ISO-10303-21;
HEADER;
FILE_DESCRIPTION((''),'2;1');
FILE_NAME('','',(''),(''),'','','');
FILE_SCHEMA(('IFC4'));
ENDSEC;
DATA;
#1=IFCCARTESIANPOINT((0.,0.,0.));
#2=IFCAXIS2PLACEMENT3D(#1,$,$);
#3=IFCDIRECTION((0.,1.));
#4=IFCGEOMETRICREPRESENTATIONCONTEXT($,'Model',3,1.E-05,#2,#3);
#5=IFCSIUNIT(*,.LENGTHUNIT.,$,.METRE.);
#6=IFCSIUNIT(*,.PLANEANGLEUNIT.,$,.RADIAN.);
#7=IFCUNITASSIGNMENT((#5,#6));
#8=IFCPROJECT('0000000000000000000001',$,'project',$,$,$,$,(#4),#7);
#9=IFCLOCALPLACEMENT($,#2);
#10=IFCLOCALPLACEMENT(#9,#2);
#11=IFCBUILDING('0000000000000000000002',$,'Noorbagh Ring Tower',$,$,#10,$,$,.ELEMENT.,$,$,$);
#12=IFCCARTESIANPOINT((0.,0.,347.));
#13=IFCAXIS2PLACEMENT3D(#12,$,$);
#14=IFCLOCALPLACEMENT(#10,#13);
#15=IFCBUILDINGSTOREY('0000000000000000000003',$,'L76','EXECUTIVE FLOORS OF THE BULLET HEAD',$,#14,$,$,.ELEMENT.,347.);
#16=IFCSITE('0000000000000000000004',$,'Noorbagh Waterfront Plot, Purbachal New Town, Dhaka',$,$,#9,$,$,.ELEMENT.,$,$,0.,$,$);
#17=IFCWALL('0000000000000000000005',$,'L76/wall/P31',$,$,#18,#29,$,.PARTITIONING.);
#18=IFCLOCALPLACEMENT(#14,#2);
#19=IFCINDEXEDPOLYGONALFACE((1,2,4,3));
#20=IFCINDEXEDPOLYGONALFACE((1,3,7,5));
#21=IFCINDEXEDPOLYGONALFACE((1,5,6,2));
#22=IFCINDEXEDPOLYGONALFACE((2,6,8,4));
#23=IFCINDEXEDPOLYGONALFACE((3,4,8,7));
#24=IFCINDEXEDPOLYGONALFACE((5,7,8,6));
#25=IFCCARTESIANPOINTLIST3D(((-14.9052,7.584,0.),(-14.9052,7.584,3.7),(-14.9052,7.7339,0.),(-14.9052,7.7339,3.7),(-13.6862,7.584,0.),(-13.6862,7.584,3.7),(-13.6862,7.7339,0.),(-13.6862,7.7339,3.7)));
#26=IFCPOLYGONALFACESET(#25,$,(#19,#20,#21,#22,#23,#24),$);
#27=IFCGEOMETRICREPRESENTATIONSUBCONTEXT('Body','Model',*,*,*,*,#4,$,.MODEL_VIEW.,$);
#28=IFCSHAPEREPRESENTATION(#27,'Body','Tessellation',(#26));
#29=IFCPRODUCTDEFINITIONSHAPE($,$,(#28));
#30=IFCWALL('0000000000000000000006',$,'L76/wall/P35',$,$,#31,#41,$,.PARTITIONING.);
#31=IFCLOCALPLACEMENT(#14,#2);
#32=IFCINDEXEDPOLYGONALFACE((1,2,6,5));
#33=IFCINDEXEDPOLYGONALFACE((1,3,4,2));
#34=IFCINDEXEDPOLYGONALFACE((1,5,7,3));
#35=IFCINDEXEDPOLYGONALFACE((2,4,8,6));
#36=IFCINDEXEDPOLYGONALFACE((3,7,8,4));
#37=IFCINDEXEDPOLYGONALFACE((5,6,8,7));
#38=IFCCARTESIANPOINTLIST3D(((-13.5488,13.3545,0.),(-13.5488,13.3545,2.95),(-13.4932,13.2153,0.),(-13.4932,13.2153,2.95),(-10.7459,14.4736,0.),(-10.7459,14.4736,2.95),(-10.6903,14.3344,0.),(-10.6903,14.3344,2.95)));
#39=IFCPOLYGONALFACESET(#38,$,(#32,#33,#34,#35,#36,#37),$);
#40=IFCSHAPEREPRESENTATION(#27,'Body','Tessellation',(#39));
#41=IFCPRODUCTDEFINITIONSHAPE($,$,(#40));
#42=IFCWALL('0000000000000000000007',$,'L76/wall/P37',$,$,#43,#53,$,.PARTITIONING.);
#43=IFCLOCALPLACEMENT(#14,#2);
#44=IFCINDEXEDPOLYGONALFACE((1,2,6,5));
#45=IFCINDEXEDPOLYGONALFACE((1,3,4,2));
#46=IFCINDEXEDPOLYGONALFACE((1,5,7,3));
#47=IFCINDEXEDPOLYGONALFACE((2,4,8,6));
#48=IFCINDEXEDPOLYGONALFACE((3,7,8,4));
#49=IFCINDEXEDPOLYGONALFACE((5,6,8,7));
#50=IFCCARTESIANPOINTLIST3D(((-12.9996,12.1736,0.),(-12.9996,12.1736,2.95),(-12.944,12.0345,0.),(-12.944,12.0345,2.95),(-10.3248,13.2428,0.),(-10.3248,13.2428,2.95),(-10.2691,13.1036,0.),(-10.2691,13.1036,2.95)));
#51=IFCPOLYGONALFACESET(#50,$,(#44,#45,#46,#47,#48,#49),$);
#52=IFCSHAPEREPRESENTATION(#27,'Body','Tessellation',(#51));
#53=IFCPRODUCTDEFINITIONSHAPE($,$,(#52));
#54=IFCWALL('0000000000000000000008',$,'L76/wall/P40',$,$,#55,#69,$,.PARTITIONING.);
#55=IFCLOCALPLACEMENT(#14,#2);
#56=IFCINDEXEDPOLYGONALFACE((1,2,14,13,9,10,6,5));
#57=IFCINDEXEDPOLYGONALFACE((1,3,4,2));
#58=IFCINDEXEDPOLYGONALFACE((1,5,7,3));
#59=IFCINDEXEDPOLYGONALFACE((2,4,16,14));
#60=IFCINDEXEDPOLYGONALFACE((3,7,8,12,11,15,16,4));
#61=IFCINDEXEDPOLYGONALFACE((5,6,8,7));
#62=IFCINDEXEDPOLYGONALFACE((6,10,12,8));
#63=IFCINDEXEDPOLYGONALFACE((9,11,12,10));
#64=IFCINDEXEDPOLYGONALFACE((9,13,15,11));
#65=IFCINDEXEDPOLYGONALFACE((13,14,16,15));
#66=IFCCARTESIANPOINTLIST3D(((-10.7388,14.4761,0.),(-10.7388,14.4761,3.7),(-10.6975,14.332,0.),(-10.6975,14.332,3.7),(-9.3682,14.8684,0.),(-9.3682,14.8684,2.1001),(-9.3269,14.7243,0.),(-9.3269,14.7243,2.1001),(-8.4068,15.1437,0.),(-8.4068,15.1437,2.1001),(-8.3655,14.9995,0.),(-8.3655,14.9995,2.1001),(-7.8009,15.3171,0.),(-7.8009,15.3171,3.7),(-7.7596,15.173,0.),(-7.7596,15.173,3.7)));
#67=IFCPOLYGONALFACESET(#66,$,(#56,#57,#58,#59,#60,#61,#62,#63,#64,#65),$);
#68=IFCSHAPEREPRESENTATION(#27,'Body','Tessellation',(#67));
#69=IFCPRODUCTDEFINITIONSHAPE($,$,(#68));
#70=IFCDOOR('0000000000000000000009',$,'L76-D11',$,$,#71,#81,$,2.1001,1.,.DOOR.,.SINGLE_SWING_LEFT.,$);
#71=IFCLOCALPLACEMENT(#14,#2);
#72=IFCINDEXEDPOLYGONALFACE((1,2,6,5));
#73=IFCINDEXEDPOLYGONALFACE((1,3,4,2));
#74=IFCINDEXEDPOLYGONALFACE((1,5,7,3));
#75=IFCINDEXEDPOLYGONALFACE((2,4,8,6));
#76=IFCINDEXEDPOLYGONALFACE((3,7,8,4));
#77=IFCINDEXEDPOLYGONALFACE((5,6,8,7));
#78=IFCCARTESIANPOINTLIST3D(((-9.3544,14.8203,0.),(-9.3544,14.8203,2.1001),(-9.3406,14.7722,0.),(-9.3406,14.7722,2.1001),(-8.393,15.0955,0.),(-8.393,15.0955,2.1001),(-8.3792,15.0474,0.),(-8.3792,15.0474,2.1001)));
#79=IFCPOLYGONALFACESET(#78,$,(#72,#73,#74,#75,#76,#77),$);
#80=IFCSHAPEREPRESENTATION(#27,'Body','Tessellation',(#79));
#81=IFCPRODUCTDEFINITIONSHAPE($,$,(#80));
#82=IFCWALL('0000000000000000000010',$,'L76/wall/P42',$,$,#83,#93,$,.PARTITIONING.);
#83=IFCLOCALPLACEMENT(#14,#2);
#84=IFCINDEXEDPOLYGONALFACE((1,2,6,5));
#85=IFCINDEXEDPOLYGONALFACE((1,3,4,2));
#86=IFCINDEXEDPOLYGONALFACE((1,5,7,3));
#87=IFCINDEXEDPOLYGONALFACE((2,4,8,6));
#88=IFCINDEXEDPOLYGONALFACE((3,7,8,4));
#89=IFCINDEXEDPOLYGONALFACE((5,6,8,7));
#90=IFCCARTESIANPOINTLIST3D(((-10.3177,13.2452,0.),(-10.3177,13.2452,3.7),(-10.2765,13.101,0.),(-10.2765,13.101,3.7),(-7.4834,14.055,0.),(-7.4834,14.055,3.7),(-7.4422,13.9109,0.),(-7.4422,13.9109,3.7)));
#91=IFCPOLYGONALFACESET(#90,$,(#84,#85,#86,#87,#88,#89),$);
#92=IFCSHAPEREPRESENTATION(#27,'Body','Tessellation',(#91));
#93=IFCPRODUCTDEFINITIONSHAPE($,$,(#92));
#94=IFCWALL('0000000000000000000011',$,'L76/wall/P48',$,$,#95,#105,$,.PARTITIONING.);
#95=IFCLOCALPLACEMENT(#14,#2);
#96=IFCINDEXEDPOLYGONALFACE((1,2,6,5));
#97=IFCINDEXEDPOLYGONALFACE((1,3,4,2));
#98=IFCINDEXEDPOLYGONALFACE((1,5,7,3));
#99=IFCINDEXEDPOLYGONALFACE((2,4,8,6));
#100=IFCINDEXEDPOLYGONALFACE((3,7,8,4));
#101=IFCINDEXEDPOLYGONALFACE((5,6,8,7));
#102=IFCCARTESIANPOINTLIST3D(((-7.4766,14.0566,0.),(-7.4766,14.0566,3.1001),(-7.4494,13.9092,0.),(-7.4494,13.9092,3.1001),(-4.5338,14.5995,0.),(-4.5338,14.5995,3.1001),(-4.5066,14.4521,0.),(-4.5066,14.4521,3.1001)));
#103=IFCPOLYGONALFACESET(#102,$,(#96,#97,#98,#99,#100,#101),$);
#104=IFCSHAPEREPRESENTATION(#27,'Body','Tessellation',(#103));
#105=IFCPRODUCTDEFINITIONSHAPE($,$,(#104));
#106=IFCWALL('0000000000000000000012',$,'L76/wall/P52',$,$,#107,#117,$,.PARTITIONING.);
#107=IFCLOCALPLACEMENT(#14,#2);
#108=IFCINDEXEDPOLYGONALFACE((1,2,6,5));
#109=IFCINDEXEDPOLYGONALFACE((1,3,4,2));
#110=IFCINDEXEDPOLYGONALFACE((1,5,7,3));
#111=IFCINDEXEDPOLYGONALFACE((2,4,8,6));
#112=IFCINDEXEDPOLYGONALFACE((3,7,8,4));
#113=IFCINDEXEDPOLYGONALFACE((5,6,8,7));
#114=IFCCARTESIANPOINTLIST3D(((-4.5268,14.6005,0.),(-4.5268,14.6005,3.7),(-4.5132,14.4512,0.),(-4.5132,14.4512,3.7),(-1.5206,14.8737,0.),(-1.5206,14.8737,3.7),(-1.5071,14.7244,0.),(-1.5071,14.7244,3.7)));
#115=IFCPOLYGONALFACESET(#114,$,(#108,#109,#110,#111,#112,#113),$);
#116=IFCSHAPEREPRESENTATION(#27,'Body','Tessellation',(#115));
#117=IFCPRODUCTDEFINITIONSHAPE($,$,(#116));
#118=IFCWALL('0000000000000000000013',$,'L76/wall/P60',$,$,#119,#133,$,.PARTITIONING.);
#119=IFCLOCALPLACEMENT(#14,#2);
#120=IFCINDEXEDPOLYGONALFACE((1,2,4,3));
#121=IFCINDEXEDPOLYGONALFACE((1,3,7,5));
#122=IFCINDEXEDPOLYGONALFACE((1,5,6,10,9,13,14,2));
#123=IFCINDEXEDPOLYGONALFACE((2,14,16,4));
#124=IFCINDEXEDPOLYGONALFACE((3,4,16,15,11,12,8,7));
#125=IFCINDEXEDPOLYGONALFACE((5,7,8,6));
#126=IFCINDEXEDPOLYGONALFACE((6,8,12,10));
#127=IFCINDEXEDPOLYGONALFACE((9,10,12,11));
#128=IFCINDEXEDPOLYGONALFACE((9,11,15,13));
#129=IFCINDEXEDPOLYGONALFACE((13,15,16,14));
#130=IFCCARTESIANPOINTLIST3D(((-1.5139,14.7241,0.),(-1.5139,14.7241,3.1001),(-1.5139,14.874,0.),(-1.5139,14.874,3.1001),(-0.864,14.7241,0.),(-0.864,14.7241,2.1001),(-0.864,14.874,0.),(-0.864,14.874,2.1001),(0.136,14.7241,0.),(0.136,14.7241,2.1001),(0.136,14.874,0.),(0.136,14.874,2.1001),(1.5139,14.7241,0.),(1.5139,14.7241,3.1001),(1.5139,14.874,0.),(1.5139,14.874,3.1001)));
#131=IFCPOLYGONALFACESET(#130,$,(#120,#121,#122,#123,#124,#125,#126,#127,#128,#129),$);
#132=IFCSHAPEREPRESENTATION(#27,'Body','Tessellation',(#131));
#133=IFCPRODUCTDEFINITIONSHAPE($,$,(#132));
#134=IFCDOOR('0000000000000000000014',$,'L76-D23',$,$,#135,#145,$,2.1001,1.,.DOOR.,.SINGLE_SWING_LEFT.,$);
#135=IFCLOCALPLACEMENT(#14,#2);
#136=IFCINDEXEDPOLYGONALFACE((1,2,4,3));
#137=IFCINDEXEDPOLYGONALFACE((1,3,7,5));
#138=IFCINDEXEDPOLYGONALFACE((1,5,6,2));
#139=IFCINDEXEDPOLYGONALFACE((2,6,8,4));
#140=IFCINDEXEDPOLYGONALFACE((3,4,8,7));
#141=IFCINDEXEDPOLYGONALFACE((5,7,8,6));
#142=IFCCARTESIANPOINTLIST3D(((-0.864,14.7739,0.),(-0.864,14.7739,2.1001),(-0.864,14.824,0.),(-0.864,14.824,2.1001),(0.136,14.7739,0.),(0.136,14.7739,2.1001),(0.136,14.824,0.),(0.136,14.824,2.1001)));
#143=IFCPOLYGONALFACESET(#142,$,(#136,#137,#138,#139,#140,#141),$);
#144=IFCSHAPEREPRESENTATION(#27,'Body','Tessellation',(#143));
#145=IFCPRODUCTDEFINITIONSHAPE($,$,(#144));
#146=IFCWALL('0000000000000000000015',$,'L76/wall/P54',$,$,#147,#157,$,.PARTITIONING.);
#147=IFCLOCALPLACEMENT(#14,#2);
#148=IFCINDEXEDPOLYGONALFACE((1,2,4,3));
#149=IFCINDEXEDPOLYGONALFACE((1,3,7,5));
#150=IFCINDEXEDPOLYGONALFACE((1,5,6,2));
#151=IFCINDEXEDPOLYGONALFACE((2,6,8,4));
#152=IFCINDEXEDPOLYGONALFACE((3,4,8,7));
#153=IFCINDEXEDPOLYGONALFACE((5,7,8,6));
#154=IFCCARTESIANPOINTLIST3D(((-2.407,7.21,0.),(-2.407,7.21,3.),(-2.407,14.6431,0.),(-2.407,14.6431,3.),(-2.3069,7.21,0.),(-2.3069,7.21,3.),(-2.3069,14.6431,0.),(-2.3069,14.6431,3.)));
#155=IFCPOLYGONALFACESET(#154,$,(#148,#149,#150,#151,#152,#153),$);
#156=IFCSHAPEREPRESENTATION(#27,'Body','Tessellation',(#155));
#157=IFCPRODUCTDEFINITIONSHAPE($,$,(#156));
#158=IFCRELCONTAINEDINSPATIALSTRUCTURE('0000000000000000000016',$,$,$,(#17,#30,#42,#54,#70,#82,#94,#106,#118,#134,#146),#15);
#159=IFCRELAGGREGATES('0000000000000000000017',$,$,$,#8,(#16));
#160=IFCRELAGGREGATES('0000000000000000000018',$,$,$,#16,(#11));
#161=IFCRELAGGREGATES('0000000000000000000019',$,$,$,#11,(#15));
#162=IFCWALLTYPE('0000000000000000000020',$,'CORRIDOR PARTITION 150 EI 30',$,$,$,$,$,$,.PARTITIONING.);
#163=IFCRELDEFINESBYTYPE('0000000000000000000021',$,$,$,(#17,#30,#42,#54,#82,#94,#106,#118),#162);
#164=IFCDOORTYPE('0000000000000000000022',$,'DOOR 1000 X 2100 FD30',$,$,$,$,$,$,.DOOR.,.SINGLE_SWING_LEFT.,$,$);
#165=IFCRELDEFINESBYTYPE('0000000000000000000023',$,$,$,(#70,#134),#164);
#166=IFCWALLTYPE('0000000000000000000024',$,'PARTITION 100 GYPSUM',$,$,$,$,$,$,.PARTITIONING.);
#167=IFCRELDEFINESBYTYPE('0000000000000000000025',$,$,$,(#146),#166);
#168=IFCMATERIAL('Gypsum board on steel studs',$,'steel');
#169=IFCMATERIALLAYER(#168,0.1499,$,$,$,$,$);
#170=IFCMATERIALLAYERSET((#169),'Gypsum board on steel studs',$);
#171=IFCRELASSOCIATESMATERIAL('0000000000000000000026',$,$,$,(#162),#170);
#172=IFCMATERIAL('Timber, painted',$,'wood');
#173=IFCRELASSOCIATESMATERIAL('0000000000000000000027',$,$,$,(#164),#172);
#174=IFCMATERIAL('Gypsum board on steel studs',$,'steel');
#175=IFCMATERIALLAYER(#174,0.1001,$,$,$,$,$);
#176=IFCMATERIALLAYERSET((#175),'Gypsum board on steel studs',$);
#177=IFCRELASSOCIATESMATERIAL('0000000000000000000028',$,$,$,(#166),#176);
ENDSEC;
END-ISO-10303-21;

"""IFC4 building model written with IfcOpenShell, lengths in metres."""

from ifc_helpers import new_model, si_unit, direction, frame, frame_2d, origin, place, context, subcontext, project, spatial, rectangle, extrude, material, layer, layer_set, type_object, element, fill, save


model = new_model("IFC4")

# Units and contexts
model_context = context("Model", 3, precision=1e-05, world=origin(), true_north=direction((0.0, 1.0)))
body_context = subcontext(model_context, "Body", "Model", "MODEL_VIEW")
ifc_project = project(units=[si_unit("LENGTHUNIT", "METRE"), si_unit("PLANEANGLEUNIT", "RADIAN")], contexts=[model_context])

# Site, building, storey
site_placement = place(None, origin())
site = spatial("IfcSite", under=ifc_project, at=site_placement, Name="Noorbagh Waterfront Plot, Purbachal New Town, Dhaka", CompositionType="ELEMENT", RefElevation=0.0)
building_placement = place(site_placement, origin())
building = spatial("IfcBuilding", under=site, at=building_placement, Name="Noorbagh Ring Tower", CompositionType="ELEMENT")
storey_placement = place(building_placement, frame((0.0, 0.0, 347.0)))
storey = spatial("IfcBuildingStorey", under=building, at=storey_placement, Name="L76", Description="EXECUTIVE FLOORS OF THE BULLET HEAD", CompositionType="ELEMENT", Elevation=347.0)

# Shared definitions
ifc_material_1 = material(Name="Gypsum board on steel studs", Category="steel")
ifc_layer_1 = layer(ifc_material_1, 0.1499)
ifc_layer_set_1 = layer_set([ifc_layer_1], Name="Gypsum board on steel studs")
wall_type_1 = type_object("IfcWallType", Name="CORRIDOR PARTITION 150 EI 30", PredefinedType="PARTITIONING", material=ifc_layer_set_1)

# Shared definitions
ifc_material_2 = material(Name="Timber, painted", Category="wood")
door_type = type_object("IfcDoorType", Name="DOOR 1000 X 2100 FD30", OperationType="SINGLE_SWING_LEFT", PredefinedType="DOOR", material=ifc_material_2)

# Walls
wall_1_placement = place(storey_placement, frame((-14.905, 7.6589, 0.0), z_axis=(0.0, 0.0, 1.0), x_axis=(1.0, 0.0, 0.0)))
element("IfcWall", 1, at=wall_1_placement, inside=storey, type_object=wall_type_1, Name="L76/wall/P31", PredefinedType="PARTITIONING", context=body_context, shape_type="SweptSolid", body=[
    extrude(rectangle(XDim=1.219, YDim=0.1499, at=frame_2d((0.6094, 0.0))), origin(), (0.0, 0.0, 1.0), 3.7),
])
wall_2_placement = place(storey_placement, frame((-13.521, 13.2849, 0.0), z_axis=(0.0, 0.0, 1.0), x_axis=(0.928711, 0.370805, 0.0)))
element("IfcWall", 2, at=wall_2_placement, inside=storey, type_object=wall_type_1, Name="L76/wall/P35", PredefinedType="PARTITIONING", context=body_context, shape_type="SweptSolid", body=[
    extrude(rectangle(XDim=3.0181, YDim=0.1499, at=frame_2d((1.509, 0.0))), origin(), (0.0, 0.0, 1.0), 2.95),
])
wall_3_placement = place(storey_placement, frame((-12.9719, 12.104, 0.0), z_axis=(0.0, 0.0, 1.0), x_axis=(0.928576, 0.371142, 0.0)))
element("IfcWall", 3, at=wall_3_placement, inside=storey, type_object=wall_type_1, Name="L76/wall/P37", PredefinedType="PARTITIONING", context=body_context, shape_type="SweptSolid", body=[
    extrude(rectangle(XDim=2.8806, YDim=0.1499, at=frame_2d((1.4404, 0.0))), origin(), (0.0, 0.0, 1.0), 2.95),
])

# Wall, opening, door
wall_4_placement = place(storey_placement, frame((-10.718, 14.4041, 0.0), z_axis=(0.0, 0.0, 1.0), x_axis=(0.961382, 0.275217, 0.0)))
wall_4 = element("IfcWall", 4, at=wall_4_placement, inside=storey, type_object=wall_type_1, Name="L76/wall/P40", PredefinedType="PARTITIONING", context=body_context, shape_type="SweptSolid", body=[
    extrude(rectangle(XDim=3.0559, YDim=0.1499, at=frame_2d((1.5278, 0.0))), origin(), (0.0, 0.0, 1.0), 3.7),
])
opening_1_placement = place(wall_4_placement, frame((1.4255, 0.0, 0.0)))
opening_1 = element("IfcOpeningElement", 5, at=opening_1_placement, cuts=wall_4, PredefinedType="OPENING", context=body_context, shape_type="SweptSolid", body=[
    extrude(rectangle(XDim=1.0, YDim=2.1001, at=frame_2d((0.5, 1.05))), frame((0.0, 0.085, 0.0), z_axis=(0.0, -1.0, 0.0), x_axis=(1.0, 0.0, 0.0)), (0.0, 0.0, 1.0), 0.1699),
])
door_1_placement = place(opening_1_placement, origin())
door_1 = element("IfcDoor", 6, at=door_1_placement, inside=storey, type_object=door_type, Name="L76-D11", OperationType="SINGLE_SWING_LEFT", OverallHeight=2.1001, OverallWidth=1.0, PredefinedType="DOOR", context=body_context, shape_type="SweptSolid", body=[
    extrude(rectangle(XDim=1.0, YDim=2.1001, at=frame_2d((0.5, 1.05))), frame((0.0, 0.0249, 0.0), z_axis=(0.0, -1.0, 0.0), x_axis=(1.0, 0.0, 0.0)), (0.0, 0.0, 1.0), 0.05),
])
fill(opening_1, door_1)

# Walls
wall_5_placement = place(storey_placement, frame((-10.2971, 13.1731, 0.0), z_axis=(0.0, 0.0, 1.0), x_axis=(0.961521, 0.274732, 0.0)))
element("IfcWall", 7, at=wall_5_placement, inside=storey, type_object=wall_type_1, Name="L76/wall/P42", PredefinedType="PARTITIONING", context=body_context, shape_type="SweptSolid", body=[
    extrude(rectangle(XDim=2.9478, YDim=0.1499, at=frame_2d((1.4739, 0.0))), origin(), (0.0, 0.0, 1.0), 3.7),
])
wall_6_placement = place(storey_placement, frame((-7.4629, 13.9829, 0.0), z_axis=(0.0, 0.0, 1.0), x_axis=(0.983402, 0.181441, 0.0)))
element("IfcWall", 8, at=wall_6_placement, inside=storey, type_object=wall_type_1, Name="L76/wall/P48", PredefinedType="PARTITIONING", context=body_context, shape_type="SweptSolid", body=[
    extrude(rectangle(XDim=2.9924, YDim=0.1499, at=frame_2d((1.4961, 0.0))), origin(), (0.0, 0.0, 1.0), 3.1001),
])
wall_7_placement = place(storey_placement, frame((-4.52, 14.5259, 0.0), z_axis=(0.0, 0.0, 1.0), x_axis=(0.995896, 0.090507, 0.0)))
element("IfcWall", 9, at=wall_7_placement, inside=storey, type_object=wall_type_1, Name="L76/wall/P52", PredefinedType="PARTITIONING", context=body_context, shape_type="SweptSolid", body=[
    extrude(rectangle(XDim=3.0186, YDim=0.1499, at=frame_2d((1.5093, 0.0))), origin(), (0.0, 0.0, 1.0), 3.7),
])

# Wall, opening, door
wall_8_placement = place(storey_placement, frame((-1.5139, 14.7991, 0.0), z_axis=(0.0, 0.0, 1.0), x_axis=(1.0, 0.0, 0.0)))
wall_8 = element("IfcWall", 10, at=wall_8_placement, inside=storey, type_object=wall_type_1, Name="L76/wall/P60", PredefinedType="PARTITIONING", context=body_context, shape_type="SweptSolid", body=[
    extrude(rectangle(XDim=3.0278, YDim=0.1499, at=frame_2d((1.5139, 0.0))), origin(), (0.0, 0.0, 1.0), 3.1001),
])
opening_2_placement = place(wall_8_placement, frame((0.6499, 0.0, 0.0)))
opening_2 = element("IfcOpeningElement", 11, at=opening_2_placement, cuts=wall_8, PredefinedType="OPENING", context=body_context, shape_type="SweptSolid", body=[
    extrude(rectangle(XDim=1.0, YDim=2.1001, at=frame_2d((0.5, 1.05))), frame((0.0, 0.085, 0.0), z_axis=(0.0, -1.0, 0.0), x_axis=(1.0, 0.0, 0.0)), (0.0, 0.0, 1.0), 0.1699),
])
door_2_placement = place(opening_2_placement, origin())
door_2 = element("IfcDoor", 12, at=door_2_placement, inside=storey, type_object=door_type, Name="L76-D23", OperationType="SINGLE_SWING_LEFT", OverallHeight=2.1001, OverallWidth=1.0, PredefinedType="DOOR", context=body_context, shape_type="SweptSolid", body=[
    extrude(rectangle(XDim=1.0, YDim=2.1001, at=frame_2d((0.5, 1.05))), frame((0.0, 0.0249, 0.0), z_axis=(0.0, -1.0, 0.0), x_axis=(1.0, 0.0, 0.0)), (0.0, 0.0, 1.0), 0.05),
])
fill(opening_2, door_2)

# Wall
ifc_material_3 = material(Name="Gypsum board on steel studs", Category="steel")
ifc_layer_2 = layer(ifc_material_3, 0.1001)
ifc_layer_set_2 = layer_set([ifc_layer_2], Name="Gypsum board on steel studs")
wall_type_2 = type_object("IfcWallType", Name="PARTITION 100 GYPSUM", PredefinedType="PARTITIONING", material=ifc_layer_set_2)
wall_9_placement = place(storey_placement, frame((-2.3569, 7.21, 0.0), z_axis=(0.0, 0.0, 1.0), x_axis=(0.0, 1.0, 0.0)))
element("IfcWall", 13, at=wall_9_placement, inside=storey, type_object=wall_type_2, Name="L76/wall/P54", PredefinedType="PARTITIONING", context=body_context, shape_type="SweptSolid", body=[
    extrude(rectangle(XDim=7.4331, YDim=0.1001, at=frame_2d((3.7166, 0.0))), origin(), (0.0, 0.0, 1.0), 3.0),
])

save(model, "model.ifc")
